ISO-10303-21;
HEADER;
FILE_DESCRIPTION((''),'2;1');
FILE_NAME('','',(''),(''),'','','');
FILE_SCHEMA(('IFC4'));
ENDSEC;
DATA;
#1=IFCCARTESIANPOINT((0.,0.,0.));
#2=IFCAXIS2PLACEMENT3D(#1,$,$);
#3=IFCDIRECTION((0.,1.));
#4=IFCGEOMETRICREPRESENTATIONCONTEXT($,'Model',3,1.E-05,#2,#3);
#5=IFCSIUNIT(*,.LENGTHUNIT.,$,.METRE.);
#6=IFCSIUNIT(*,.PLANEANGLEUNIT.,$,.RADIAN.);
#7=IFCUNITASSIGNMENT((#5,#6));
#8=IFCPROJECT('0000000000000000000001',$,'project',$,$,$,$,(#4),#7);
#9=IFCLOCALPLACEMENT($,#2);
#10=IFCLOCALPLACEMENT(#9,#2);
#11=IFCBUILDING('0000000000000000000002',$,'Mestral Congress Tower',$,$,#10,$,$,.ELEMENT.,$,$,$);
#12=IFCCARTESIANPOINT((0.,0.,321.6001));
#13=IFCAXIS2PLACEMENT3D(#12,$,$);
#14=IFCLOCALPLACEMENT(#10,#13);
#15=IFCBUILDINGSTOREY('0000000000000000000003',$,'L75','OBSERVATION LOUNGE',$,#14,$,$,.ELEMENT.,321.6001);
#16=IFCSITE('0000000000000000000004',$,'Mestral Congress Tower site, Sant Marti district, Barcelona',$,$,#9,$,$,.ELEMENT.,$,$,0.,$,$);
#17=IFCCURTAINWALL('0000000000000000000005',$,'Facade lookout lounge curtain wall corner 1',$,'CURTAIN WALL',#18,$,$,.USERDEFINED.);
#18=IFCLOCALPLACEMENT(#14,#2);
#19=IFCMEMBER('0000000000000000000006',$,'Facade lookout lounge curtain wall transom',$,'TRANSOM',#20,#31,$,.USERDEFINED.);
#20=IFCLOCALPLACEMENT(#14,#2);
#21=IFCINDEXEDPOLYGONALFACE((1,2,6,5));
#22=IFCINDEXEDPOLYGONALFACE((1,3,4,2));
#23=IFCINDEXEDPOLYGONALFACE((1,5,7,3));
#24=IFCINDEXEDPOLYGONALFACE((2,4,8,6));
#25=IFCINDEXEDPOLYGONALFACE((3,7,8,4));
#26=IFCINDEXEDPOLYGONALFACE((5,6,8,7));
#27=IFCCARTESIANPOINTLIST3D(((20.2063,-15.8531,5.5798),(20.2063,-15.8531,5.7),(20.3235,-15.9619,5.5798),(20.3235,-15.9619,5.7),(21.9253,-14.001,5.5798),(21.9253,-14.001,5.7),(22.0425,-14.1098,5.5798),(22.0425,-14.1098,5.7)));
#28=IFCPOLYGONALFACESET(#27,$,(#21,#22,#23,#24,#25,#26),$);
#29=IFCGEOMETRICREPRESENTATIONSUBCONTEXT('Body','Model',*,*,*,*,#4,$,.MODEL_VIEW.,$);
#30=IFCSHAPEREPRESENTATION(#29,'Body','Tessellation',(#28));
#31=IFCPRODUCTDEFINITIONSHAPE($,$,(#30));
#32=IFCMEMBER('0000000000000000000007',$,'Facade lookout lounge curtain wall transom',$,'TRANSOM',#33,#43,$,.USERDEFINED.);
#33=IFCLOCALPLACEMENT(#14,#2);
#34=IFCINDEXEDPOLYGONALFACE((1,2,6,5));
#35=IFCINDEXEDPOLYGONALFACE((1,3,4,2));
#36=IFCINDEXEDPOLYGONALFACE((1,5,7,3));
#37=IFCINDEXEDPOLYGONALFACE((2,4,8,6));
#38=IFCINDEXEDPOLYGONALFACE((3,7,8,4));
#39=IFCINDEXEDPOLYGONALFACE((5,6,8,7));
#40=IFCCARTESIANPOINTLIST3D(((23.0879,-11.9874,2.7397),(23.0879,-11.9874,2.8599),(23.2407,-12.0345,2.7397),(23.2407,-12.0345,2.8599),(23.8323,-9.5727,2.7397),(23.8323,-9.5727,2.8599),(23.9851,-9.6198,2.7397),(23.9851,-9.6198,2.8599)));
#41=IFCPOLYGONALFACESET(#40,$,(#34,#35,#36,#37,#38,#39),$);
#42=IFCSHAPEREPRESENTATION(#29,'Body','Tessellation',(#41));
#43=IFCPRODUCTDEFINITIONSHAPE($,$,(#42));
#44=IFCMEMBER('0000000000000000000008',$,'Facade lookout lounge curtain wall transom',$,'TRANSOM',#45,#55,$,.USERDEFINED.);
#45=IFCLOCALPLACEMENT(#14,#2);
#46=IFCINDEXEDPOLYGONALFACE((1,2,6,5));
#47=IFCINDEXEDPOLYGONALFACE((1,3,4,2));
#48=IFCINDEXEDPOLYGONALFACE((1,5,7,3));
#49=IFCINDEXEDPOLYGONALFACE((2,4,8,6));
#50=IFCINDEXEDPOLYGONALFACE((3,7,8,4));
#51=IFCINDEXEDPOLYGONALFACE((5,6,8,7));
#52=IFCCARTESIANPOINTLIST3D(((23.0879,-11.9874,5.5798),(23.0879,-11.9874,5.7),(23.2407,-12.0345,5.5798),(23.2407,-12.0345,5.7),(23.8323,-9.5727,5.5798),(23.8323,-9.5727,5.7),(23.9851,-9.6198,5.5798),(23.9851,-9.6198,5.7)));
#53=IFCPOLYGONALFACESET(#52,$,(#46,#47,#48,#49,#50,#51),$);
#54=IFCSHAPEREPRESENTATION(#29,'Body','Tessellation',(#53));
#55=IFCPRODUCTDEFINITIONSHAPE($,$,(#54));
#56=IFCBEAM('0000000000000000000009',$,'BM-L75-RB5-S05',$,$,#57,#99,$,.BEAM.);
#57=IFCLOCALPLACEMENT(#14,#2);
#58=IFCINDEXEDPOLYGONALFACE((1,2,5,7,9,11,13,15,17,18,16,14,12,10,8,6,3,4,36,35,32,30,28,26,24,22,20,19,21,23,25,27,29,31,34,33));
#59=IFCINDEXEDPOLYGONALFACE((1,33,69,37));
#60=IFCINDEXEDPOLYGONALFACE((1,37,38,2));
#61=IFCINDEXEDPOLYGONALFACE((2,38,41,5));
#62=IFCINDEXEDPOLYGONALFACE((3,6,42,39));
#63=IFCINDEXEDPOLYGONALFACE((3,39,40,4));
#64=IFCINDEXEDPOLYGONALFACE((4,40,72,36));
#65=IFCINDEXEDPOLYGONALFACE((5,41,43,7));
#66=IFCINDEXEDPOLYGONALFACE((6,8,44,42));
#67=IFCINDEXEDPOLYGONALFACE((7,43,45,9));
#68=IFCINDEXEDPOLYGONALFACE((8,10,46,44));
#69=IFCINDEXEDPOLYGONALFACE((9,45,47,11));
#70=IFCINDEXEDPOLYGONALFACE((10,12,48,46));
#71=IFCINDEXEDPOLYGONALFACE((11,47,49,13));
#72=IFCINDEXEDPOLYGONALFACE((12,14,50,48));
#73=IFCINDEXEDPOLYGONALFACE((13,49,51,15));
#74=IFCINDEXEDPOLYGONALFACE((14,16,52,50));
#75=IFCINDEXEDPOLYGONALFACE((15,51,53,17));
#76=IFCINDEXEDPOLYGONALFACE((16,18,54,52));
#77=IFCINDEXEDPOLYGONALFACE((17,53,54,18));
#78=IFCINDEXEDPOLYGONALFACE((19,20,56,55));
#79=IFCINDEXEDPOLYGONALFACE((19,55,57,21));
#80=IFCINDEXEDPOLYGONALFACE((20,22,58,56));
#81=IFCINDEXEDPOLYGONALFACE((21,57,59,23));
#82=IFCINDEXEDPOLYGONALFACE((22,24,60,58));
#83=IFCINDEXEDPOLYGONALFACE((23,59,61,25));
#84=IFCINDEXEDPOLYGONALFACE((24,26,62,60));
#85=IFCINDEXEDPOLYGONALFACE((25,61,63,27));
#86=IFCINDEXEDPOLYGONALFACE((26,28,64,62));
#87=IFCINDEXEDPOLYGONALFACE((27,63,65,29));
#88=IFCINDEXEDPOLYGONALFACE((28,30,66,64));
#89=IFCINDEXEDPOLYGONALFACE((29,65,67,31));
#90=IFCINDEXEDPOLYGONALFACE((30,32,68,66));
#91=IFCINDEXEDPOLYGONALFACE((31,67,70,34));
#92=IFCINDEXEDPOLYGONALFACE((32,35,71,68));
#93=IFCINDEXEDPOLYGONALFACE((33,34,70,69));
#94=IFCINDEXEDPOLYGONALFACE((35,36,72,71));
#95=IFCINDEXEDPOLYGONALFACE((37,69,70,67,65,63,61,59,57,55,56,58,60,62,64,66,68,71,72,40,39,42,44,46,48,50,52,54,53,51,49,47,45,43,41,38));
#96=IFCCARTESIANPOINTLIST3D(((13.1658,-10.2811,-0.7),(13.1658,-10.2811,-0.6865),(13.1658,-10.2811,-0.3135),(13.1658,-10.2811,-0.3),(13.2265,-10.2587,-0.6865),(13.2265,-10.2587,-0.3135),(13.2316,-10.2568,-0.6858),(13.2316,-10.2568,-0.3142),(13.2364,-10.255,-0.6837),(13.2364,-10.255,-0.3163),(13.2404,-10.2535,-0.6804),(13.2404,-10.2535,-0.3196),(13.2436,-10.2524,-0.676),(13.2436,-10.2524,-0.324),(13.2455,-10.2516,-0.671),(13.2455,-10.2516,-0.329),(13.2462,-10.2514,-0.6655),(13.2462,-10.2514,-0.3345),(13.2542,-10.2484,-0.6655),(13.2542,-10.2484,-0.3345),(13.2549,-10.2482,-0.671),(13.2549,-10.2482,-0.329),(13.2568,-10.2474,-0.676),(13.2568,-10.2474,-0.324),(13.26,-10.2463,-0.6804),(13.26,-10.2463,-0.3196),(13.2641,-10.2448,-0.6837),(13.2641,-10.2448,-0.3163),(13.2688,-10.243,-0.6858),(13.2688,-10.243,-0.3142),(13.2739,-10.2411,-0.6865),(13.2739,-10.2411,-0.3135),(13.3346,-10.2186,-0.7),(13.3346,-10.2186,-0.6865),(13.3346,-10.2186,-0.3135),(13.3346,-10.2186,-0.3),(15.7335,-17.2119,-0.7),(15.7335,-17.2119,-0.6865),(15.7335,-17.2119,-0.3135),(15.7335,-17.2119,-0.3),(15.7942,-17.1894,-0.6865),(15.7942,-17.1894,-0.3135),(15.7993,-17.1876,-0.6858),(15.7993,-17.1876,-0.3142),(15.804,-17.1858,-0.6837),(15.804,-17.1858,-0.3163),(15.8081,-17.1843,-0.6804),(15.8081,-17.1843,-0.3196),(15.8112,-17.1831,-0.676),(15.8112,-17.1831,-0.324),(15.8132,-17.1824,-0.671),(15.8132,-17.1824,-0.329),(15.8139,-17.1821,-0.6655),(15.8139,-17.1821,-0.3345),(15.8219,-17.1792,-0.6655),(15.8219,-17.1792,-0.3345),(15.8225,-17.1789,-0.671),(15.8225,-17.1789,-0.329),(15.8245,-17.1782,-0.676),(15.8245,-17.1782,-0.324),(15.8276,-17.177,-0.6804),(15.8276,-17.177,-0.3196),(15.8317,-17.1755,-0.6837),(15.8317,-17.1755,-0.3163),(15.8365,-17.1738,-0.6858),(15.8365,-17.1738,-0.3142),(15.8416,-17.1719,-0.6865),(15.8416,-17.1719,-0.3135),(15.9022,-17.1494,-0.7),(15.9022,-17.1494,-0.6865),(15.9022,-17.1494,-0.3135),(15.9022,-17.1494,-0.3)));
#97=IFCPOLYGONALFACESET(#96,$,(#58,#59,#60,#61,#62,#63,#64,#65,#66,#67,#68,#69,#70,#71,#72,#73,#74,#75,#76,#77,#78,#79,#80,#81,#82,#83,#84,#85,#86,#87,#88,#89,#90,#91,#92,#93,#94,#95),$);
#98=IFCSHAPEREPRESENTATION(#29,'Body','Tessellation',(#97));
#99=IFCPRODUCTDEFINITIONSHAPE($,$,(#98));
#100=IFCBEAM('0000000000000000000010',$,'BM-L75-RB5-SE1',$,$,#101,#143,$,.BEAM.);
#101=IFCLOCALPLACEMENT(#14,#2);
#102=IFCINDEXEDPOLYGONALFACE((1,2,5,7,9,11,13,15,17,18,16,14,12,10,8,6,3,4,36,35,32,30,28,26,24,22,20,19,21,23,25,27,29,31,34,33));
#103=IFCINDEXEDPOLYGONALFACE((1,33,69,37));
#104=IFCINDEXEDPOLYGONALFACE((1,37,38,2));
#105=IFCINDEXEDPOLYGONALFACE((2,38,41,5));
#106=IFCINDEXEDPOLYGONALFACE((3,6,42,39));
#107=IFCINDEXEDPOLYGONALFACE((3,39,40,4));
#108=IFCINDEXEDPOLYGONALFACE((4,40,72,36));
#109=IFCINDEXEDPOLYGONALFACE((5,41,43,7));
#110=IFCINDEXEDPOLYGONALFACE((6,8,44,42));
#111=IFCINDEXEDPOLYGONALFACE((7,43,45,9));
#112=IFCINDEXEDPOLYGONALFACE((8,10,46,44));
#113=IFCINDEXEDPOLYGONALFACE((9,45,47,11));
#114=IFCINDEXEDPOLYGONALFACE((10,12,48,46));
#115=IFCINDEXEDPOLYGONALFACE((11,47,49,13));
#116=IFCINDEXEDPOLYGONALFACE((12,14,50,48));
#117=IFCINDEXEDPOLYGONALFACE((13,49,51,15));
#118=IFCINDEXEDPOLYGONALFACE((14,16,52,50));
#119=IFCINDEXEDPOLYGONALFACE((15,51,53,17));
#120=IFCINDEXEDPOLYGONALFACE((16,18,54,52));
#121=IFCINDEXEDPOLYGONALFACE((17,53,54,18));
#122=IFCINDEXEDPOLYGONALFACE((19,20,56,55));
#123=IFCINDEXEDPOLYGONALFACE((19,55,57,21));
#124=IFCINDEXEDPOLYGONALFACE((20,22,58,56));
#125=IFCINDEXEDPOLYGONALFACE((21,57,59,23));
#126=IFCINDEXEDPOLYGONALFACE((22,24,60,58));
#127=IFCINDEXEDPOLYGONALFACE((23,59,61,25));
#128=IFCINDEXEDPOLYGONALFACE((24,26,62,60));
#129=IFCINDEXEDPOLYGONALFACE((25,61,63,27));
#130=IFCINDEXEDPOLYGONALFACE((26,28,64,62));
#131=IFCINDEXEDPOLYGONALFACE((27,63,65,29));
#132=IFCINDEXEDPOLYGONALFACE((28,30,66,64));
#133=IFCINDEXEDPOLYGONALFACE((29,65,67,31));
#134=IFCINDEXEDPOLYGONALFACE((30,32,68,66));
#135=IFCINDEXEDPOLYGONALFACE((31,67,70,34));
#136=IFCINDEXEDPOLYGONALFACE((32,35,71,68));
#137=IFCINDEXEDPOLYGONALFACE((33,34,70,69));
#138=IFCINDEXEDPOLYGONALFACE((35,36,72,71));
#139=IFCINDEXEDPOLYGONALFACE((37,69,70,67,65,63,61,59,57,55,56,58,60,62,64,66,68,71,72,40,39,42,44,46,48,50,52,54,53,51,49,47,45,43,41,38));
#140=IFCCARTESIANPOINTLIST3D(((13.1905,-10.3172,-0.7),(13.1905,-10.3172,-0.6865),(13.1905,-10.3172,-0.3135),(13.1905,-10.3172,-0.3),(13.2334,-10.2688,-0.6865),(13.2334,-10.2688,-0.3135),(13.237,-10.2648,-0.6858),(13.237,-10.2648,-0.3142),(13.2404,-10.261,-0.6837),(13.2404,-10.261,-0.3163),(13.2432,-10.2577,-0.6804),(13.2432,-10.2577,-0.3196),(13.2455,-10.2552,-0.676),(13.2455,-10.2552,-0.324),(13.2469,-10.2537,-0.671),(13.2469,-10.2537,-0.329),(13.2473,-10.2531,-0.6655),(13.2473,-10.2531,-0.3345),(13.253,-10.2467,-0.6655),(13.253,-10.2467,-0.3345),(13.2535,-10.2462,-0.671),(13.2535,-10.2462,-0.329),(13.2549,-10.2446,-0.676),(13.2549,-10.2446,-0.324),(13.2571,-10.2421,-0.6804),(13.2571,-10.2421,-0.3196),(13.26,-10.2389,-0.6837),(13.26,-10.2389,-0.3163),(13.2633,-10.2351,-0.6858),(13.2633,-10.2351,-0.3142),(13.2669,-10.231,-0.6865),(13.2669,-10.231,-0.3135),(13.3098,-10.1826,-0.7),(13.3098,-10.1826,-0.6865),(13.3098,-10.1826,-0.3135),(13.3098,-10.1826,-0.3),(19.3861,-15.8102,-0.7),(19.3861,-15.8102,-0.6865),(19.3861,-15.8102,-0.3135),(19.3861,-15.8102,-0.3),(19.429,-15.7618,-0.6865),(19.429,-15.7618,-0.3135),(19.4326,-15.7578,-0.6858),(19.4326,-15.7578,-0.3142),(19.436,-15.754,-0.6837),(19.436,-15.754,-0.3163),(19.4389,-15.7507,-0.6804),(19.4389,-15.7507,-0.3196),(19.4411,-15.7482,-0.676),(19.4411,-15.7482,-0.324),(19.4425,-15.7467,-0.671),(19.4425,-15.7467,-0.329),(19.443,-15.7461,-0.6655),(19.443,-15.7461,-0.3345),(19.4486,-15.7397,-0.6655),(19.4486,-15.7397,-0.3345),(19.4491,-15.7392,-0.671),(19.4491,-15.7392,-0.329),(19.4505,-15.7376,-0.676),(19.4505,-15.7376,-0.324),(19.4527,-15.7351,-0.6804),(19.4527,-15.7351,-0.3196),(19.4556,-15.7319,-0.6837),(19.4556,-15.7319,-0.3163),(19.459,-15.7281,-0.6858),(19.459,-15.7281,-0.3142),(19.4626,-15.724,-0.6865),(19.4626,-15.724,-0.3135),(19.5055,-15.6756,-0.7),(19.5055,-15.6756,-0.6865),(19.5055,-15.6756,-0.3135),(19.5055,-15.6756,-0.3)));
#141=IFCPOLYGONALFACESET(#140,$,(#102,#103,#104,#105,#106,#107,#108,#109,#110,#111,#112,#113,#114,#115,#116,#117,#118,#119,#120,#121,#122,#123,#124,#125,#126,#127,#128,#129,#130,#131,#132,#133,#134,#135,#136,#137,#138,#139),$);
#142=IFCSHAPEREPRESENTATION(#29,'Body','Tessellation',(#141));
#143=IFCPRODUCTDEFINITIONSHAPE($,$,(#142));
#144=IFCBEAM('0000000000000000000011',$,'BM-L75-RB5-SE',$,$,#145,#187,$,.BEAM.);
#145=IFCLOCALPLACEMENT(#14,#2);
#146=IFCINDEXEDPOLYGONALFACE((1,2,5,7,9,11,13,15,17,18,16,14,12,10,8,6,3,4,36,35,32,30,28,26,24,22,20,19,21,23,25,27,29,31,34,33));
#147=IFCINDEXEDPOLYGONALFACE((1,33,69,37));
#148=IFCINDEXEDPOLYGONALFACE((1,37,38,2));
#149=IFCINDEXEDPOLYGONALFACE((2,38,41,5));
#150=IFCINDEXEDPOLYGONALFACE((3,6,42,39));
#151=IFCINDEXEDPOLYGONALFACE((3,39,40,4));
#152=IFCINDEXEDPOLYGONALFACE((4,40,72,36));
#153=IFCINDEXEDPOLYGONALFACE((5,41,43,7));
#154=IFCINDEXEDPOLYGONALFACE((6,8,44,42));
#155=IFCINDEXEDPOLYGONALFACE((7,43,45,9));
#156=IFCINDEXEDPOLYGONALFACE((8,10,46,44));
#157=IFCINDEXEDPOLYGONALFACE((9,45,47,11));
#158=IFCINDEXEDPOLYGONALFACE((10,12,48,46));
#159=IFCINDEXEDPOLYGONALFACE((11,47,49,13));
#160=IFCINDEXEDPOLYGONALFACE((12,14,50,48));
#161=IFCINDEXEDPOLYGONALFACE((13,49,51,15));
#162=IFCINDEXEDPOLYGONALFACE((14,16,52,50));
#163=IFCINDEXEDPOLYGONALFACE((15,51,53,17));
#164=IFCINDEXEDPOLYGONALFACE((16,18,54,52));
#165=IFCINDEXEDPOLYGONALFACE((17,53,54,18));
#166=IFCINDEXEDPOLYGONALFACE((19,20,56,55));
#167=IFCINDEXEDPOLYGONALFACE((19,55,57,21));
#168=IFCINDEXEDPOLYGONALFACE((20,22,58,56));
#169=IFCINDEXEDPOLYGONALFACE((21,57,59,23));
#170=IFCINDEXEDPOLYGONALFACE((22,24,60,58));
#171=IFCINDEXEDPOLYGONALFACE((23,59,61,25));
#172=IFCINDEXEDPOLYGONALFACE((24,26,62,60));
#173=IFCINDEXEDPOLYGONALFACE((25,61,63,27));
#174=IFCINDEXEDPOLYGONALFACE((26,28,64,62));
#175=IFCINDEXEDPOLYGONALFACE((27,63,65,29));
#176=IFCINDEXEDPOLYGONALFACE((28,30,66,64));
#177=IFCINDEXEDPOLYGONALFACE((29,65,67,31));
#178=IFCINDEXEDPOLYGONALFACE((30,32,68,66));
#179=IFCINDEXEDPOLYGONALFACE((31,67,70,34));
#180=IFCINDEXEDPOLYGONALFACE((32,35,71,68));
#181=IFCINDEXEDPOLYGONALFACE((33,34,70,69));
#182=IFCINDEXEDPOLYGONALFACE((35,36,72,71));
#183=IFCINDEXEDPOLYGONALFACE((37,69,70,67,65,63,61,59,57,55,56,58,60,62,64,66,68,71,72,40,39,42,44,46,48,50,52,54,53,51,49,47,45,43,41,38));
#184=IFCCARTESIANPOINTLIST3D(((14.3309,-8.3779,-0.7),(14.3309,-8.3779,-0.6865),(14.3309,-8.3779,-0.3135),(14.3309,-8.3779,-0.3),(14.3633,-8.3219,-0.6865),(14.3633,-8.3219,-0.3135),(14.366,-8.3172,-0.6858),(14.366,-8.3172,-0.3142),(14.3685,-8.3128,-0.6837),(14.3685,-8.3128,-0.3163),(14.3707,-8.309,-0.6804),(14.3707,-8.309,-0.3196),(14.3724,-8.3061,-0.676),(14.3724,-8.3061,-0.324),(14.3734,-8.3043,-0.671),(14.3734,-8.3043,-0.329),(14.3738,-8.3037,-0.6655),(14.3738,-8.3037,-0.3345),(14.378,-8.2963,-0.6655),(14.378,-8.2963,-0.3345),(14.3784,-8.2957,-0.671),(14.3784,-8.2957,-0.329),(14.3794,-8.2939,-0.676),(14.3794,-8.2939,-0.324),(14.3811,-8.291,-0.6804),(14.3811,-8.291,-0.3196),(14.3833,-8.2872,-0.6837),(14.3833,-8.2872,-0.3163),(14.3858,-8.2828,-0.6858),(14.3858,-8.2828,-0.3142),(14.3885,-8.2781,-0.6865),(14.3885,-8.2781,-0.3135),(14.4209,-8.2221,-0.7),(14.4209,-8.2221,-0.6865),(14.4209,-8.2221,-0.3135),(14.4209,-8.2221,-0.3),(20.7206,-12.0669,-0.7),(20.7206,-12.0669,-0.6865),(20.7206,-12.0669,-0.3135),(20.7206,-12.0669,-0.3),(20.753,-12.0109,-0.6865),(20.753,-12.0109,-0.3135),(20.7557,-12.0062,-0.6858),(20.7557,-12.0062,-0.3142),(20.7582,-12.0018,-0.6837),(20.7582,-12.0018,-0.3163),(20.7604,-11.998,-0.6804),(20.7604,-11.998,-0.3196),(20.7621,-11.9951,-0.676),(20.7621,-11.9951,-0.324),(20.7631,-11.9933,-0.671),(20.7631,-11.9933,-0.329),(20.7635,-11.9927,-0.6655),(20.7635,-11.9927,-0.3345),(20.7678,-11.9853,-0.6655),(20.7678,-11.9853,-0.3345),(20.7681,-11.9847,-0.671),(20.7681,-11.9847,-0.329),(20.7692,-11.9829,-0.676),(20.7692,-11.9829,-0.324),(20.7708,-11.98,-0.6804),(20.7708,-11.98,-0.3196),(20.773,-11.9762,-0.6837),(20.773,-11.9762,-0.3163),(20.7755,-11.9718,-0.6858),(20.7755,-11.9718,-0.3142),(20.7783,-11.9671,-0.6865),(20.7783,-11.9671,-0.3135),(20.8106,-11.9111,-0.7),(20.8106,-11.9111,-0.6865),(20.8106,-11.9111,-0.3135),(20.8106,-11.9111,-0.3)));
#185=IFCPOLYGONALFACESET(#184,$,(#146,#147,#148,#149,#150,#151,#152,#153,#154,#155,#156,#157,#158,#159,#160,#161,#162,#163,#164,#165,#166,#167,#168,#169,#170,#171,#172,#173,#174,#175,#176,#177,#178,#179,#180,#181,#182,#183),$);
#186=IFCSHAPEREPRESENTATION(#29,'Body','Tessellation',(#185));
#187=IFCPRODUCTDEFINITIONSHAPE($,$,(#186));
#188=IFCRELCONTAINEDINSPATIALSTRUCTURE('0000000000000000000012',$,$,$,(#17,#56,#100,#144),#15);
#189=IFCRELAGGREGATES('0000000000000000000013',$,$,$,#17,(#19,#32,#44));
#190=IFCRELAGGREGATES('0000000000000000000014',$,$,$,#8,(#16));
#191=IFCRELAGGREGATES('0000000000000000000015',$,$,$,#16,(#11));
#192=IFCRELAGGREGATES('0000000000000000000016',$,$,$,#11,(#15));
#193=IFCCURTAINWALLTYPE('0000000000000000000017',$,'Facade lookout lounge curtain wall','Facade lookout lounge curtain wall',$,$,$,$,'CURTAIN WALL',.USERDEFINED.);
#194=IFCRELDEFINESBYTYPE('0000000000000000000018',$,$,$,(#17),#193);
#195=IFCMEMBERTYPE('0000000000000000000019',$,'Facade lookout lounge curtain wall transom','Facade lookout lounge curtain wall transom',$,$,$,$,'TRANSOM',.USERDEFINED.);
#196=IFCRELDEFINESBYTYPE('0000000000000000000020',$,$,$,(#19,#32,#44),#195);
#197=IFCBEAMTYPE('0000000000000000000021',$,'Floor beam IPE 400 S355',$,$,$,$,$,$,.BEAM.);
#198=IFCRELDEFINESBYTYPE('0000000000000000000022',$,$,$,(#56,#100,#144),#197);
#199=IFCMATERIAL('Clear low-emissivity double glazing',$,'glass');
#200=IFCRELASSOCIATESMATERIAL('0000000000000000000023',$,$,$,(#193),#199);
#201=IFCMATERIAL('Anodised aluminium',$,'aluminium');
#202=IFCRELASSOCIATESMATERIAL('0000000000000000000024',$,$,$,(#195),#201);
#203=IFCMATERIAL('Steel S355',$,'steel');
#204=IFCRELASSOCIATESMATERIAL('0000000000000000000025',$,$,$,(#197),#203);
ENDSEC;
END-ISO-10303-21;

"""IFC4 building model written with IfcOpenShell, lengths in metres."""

from ifc_helpers import new_model, si_unit, direction, frame, origin, origin_2d, place, context, subcontext, project, spatial, rectangle, i_section, extrude, material, material_profile, profile_set, type_object, element, aggregate, save


model = new_model("IFC4")

# Units and contexts
model_context = context("Model", 3, precision=1e-05, world=origin(), true_north=direction((0.0, 1.0)))
body_context = subcontext(model_context, "Body", "Model", "MODEL_VIEW")
ifc_project = project(units=[si_unit("LENGTHUNIT", "METRE"), si_unit("PLANEANGLEUNIT", "RADIAN")], contexts=[model_context])

# Site, building, storey
site_placement = place(None, origin())
site = spatial("IfcSite", under=ifc_project, at=site_placement, Name="Mestral Congress Tower site, Sant Marti district, Barcelona", CompositionType="ELEMENT", RefElevation=0.0)
building_placement = place(site_placement, origin())
building = spatial("IfcBuilding", under=site, at=building_placement, Name="Mestral Congress Tower", CompositionType="ELEMENT")
storey_placement = place(building_placement, frame((0.0, 0.0, 321.6001)))
storey = spatial("IfcBuildingStorey", under=building, at=storey_placement, Name="L75", Description="OBSERVATION LOUNGE", CompositionType="ELEMENT", Elevation=321.6001)

# Shared definitions
ifc_material_1 = material(Name="Clear low-emissivity double glazing", Category="glass")
curtain_wall_type = type_object("IfcCurtainWallType", Name="Facade lookout lounge curtain wall", Description="Facade lookout lounge curtain wall", ElementType="CURTAIN WALL", PredefinedType="USERDEFINED", material=ifc_material_1)
placement = place(storey_placement, origin())
ifc_material_2 = material(Name="Anodised aluminium", Category="aluminium")

# Curtain wall
curtain_wall_1 = element("IfcCurtainWall", 1, at=placement, inside=storey, type_object=curtain_wall_type, Name="Facade lookout lounge curtain wall corner 1", ObjectType="CURTAIN WALL", PredefinedType="USERDEFINED")

# Members
ifc_material_profile_1 = material_profile(ifc_material_2, rectangle(XDim=0.1599, YDim=0.1201, at=origin_2d()), Name="CW2 transom 160 x 120")
ifc_profile_set_1 = profile_set([ifc_material_profile_1], Name="Anodised aluminium")
member_type_1 = type_object("IfcMemberType", Name="Facade lookout lounge curtain wall transom", Description="Facade lookout lounge curtain wall transom", ElementType="TRANSOM", PredefinedType="USERDEFINED", material=ifc_profile_set_1)
member_1_placement = place(storey_placement, frame((20.2649, -15.9075, 5.6399), z_axis=(0.680288, 0.732945, 0.0), x_axis=(-0.732945, 0.680288, 0.0)))
member_1 = element("IfcMember", 2, at=member_1_placement, type_object=member_type_1, Name="Facade lookout lounge curtain wall transom", ObjectType="TRANSOM", PredefinedType="USERDEFINED", context=body_context, shape_type="SweptSolid", body=[
    extrude(rectangle(XDim=0.1599, YDim=0.1201, at=origin_2d()), origin(), (0.0, 0.0, 1.0), 2.5269),
])
member_2_placement = place(storey_placement, frame((23.1643, -12.011, 2.7998), z_axis=(0.294581, 0.955626, 0.0), x_axis=(-0.955626, 0.294581, 0.0)))
member_2 = element("IfcMember", 3, at=member_2_placement, type_object=member_type_1, Name="Facade lookout lounge curtain wall transom", ObjectType="TRANSOM", PredefinedType="USERDEFINED", context=body_context, shape_type="SweptSolid", body=[
    extrude(rectangle(XDim=0.1599, YDim=0.1201, at=origin_2d()), origin(), (0.0, 0.0, 1.0), 2.5269),
])
member_3_placement = place(storey_placement, frame((23.1643, -12.011, 5.6399), z_axis=(0.294581, 0.955626, 0.0), x_axis=(-0.955626, 0.294581, 0.0)))
member_3 = element("IfcMember", 4, at=member_3_placement, type_object=member_type_1, Name="Facade lookout lounge curtain wall transom", ObjectType="TRANSOM", PredefinedType="USERDEFINED", context=body_context, shape_type="SweptSolid", body=[
    extrude(rectangle(XDim=0.1599, YDim=0.1201, at=origin_2d()), origin(), (0.0, 0.0, 1.0), 2.5269),
])

# Beams
ifc_material_3 = material(Name="Steel S355", Category="steel")
ifc_material_profile_2 = material_profile(ifc_material_3, i_section(OverallWidth=0.1799, OverallDepth=0.3999, WebThickness=0.0085, FlangeThickness=0.0134, FilletRadius=0.021, at=origin_2d()), Name="IPE 400")
ifc_profile_set_2 = profile_set([ifc_material_profile_2], Name="Steel S355")
beam_type_1 = type_object("IfcBeamType", Name="Floor beam IPE 400 S355", PredefinedType="BEAM", material=ifc_profile_set_2)
beam_1_placement = place(storey_placement, frame((15.8179, -17.1807, -0.5), z_axis=(-0.347399, 0.937717, 0.0), x_axis=(-0.937717, -0.347399, 0.0)))
element("IfcBeam", 5, at=beam_1_placement, inside=storey, type_object=beam_type_1, Name="BM-L75-RB5-S05", PredefinedType="BEAM", context=body_context, shape_type="SweptSolid", body=[
    extrude(i_section(OverallWidth=0.1799, OverallDepth=0.3999, WebThickness=0.0085, FlangeThickness=0.0134, FilletRadius=0.021, at=origin_2d()), origin(), (0.0, 0.0, 1.0), 7.3911),
])
beam_2_placement = place(storey_placement, frame((19.4458, -15.7429, -0.5), z_axis=(-0.748263, 0.663402, 0.0), x_axis=(-0.663402, -0.748263, 0.0)))
element("IfcBeam", 6, at=beam_2_placement, inside=storey, type_object=beam_type_1, Name="BM-L75-RB5-SE1", PredefinedType="BEAM", context=body_context, shape_type="SweptSolid", body=[
    extrude(i_section(OverallWidth=0.1799, OverallDepth=0.3999, WebThickness=0.0085, FlangeThickness=0.0134, FilletRadius=0.021, at=origin_2d()), origin(), (0.0, 0.0, 1.0), 8.28),
])
beam_3_placement = place(storey_placement, frame((20.7656, -11.989, -0.5), z_axis=(-0.866031, 0.49999, 0.0), x_axis=(-0.49999, -0.866031, 0.0)))
element("IfcBeam", 7, at=beam_3_placement, inside=storey, type_object=beam_type_1, Name="BM-L75-RB5-SE", PredefinedType="BEAM", context=body_context, shape_type="SweptSolid", body=[
    extrude(i_section(OverallWidth=0.1799, OverallDepth=0.3999, WebThickness=0.0085, FlangeThickness=0.0134, FilletRadius=0.021, at=origin_2d()), origin(), (0.0, 0.0, 1.0), 7.3782),
])

aggregate(curtain_wall_1, [member_1, member_2, member_3])

save(model, "model.ifc")
